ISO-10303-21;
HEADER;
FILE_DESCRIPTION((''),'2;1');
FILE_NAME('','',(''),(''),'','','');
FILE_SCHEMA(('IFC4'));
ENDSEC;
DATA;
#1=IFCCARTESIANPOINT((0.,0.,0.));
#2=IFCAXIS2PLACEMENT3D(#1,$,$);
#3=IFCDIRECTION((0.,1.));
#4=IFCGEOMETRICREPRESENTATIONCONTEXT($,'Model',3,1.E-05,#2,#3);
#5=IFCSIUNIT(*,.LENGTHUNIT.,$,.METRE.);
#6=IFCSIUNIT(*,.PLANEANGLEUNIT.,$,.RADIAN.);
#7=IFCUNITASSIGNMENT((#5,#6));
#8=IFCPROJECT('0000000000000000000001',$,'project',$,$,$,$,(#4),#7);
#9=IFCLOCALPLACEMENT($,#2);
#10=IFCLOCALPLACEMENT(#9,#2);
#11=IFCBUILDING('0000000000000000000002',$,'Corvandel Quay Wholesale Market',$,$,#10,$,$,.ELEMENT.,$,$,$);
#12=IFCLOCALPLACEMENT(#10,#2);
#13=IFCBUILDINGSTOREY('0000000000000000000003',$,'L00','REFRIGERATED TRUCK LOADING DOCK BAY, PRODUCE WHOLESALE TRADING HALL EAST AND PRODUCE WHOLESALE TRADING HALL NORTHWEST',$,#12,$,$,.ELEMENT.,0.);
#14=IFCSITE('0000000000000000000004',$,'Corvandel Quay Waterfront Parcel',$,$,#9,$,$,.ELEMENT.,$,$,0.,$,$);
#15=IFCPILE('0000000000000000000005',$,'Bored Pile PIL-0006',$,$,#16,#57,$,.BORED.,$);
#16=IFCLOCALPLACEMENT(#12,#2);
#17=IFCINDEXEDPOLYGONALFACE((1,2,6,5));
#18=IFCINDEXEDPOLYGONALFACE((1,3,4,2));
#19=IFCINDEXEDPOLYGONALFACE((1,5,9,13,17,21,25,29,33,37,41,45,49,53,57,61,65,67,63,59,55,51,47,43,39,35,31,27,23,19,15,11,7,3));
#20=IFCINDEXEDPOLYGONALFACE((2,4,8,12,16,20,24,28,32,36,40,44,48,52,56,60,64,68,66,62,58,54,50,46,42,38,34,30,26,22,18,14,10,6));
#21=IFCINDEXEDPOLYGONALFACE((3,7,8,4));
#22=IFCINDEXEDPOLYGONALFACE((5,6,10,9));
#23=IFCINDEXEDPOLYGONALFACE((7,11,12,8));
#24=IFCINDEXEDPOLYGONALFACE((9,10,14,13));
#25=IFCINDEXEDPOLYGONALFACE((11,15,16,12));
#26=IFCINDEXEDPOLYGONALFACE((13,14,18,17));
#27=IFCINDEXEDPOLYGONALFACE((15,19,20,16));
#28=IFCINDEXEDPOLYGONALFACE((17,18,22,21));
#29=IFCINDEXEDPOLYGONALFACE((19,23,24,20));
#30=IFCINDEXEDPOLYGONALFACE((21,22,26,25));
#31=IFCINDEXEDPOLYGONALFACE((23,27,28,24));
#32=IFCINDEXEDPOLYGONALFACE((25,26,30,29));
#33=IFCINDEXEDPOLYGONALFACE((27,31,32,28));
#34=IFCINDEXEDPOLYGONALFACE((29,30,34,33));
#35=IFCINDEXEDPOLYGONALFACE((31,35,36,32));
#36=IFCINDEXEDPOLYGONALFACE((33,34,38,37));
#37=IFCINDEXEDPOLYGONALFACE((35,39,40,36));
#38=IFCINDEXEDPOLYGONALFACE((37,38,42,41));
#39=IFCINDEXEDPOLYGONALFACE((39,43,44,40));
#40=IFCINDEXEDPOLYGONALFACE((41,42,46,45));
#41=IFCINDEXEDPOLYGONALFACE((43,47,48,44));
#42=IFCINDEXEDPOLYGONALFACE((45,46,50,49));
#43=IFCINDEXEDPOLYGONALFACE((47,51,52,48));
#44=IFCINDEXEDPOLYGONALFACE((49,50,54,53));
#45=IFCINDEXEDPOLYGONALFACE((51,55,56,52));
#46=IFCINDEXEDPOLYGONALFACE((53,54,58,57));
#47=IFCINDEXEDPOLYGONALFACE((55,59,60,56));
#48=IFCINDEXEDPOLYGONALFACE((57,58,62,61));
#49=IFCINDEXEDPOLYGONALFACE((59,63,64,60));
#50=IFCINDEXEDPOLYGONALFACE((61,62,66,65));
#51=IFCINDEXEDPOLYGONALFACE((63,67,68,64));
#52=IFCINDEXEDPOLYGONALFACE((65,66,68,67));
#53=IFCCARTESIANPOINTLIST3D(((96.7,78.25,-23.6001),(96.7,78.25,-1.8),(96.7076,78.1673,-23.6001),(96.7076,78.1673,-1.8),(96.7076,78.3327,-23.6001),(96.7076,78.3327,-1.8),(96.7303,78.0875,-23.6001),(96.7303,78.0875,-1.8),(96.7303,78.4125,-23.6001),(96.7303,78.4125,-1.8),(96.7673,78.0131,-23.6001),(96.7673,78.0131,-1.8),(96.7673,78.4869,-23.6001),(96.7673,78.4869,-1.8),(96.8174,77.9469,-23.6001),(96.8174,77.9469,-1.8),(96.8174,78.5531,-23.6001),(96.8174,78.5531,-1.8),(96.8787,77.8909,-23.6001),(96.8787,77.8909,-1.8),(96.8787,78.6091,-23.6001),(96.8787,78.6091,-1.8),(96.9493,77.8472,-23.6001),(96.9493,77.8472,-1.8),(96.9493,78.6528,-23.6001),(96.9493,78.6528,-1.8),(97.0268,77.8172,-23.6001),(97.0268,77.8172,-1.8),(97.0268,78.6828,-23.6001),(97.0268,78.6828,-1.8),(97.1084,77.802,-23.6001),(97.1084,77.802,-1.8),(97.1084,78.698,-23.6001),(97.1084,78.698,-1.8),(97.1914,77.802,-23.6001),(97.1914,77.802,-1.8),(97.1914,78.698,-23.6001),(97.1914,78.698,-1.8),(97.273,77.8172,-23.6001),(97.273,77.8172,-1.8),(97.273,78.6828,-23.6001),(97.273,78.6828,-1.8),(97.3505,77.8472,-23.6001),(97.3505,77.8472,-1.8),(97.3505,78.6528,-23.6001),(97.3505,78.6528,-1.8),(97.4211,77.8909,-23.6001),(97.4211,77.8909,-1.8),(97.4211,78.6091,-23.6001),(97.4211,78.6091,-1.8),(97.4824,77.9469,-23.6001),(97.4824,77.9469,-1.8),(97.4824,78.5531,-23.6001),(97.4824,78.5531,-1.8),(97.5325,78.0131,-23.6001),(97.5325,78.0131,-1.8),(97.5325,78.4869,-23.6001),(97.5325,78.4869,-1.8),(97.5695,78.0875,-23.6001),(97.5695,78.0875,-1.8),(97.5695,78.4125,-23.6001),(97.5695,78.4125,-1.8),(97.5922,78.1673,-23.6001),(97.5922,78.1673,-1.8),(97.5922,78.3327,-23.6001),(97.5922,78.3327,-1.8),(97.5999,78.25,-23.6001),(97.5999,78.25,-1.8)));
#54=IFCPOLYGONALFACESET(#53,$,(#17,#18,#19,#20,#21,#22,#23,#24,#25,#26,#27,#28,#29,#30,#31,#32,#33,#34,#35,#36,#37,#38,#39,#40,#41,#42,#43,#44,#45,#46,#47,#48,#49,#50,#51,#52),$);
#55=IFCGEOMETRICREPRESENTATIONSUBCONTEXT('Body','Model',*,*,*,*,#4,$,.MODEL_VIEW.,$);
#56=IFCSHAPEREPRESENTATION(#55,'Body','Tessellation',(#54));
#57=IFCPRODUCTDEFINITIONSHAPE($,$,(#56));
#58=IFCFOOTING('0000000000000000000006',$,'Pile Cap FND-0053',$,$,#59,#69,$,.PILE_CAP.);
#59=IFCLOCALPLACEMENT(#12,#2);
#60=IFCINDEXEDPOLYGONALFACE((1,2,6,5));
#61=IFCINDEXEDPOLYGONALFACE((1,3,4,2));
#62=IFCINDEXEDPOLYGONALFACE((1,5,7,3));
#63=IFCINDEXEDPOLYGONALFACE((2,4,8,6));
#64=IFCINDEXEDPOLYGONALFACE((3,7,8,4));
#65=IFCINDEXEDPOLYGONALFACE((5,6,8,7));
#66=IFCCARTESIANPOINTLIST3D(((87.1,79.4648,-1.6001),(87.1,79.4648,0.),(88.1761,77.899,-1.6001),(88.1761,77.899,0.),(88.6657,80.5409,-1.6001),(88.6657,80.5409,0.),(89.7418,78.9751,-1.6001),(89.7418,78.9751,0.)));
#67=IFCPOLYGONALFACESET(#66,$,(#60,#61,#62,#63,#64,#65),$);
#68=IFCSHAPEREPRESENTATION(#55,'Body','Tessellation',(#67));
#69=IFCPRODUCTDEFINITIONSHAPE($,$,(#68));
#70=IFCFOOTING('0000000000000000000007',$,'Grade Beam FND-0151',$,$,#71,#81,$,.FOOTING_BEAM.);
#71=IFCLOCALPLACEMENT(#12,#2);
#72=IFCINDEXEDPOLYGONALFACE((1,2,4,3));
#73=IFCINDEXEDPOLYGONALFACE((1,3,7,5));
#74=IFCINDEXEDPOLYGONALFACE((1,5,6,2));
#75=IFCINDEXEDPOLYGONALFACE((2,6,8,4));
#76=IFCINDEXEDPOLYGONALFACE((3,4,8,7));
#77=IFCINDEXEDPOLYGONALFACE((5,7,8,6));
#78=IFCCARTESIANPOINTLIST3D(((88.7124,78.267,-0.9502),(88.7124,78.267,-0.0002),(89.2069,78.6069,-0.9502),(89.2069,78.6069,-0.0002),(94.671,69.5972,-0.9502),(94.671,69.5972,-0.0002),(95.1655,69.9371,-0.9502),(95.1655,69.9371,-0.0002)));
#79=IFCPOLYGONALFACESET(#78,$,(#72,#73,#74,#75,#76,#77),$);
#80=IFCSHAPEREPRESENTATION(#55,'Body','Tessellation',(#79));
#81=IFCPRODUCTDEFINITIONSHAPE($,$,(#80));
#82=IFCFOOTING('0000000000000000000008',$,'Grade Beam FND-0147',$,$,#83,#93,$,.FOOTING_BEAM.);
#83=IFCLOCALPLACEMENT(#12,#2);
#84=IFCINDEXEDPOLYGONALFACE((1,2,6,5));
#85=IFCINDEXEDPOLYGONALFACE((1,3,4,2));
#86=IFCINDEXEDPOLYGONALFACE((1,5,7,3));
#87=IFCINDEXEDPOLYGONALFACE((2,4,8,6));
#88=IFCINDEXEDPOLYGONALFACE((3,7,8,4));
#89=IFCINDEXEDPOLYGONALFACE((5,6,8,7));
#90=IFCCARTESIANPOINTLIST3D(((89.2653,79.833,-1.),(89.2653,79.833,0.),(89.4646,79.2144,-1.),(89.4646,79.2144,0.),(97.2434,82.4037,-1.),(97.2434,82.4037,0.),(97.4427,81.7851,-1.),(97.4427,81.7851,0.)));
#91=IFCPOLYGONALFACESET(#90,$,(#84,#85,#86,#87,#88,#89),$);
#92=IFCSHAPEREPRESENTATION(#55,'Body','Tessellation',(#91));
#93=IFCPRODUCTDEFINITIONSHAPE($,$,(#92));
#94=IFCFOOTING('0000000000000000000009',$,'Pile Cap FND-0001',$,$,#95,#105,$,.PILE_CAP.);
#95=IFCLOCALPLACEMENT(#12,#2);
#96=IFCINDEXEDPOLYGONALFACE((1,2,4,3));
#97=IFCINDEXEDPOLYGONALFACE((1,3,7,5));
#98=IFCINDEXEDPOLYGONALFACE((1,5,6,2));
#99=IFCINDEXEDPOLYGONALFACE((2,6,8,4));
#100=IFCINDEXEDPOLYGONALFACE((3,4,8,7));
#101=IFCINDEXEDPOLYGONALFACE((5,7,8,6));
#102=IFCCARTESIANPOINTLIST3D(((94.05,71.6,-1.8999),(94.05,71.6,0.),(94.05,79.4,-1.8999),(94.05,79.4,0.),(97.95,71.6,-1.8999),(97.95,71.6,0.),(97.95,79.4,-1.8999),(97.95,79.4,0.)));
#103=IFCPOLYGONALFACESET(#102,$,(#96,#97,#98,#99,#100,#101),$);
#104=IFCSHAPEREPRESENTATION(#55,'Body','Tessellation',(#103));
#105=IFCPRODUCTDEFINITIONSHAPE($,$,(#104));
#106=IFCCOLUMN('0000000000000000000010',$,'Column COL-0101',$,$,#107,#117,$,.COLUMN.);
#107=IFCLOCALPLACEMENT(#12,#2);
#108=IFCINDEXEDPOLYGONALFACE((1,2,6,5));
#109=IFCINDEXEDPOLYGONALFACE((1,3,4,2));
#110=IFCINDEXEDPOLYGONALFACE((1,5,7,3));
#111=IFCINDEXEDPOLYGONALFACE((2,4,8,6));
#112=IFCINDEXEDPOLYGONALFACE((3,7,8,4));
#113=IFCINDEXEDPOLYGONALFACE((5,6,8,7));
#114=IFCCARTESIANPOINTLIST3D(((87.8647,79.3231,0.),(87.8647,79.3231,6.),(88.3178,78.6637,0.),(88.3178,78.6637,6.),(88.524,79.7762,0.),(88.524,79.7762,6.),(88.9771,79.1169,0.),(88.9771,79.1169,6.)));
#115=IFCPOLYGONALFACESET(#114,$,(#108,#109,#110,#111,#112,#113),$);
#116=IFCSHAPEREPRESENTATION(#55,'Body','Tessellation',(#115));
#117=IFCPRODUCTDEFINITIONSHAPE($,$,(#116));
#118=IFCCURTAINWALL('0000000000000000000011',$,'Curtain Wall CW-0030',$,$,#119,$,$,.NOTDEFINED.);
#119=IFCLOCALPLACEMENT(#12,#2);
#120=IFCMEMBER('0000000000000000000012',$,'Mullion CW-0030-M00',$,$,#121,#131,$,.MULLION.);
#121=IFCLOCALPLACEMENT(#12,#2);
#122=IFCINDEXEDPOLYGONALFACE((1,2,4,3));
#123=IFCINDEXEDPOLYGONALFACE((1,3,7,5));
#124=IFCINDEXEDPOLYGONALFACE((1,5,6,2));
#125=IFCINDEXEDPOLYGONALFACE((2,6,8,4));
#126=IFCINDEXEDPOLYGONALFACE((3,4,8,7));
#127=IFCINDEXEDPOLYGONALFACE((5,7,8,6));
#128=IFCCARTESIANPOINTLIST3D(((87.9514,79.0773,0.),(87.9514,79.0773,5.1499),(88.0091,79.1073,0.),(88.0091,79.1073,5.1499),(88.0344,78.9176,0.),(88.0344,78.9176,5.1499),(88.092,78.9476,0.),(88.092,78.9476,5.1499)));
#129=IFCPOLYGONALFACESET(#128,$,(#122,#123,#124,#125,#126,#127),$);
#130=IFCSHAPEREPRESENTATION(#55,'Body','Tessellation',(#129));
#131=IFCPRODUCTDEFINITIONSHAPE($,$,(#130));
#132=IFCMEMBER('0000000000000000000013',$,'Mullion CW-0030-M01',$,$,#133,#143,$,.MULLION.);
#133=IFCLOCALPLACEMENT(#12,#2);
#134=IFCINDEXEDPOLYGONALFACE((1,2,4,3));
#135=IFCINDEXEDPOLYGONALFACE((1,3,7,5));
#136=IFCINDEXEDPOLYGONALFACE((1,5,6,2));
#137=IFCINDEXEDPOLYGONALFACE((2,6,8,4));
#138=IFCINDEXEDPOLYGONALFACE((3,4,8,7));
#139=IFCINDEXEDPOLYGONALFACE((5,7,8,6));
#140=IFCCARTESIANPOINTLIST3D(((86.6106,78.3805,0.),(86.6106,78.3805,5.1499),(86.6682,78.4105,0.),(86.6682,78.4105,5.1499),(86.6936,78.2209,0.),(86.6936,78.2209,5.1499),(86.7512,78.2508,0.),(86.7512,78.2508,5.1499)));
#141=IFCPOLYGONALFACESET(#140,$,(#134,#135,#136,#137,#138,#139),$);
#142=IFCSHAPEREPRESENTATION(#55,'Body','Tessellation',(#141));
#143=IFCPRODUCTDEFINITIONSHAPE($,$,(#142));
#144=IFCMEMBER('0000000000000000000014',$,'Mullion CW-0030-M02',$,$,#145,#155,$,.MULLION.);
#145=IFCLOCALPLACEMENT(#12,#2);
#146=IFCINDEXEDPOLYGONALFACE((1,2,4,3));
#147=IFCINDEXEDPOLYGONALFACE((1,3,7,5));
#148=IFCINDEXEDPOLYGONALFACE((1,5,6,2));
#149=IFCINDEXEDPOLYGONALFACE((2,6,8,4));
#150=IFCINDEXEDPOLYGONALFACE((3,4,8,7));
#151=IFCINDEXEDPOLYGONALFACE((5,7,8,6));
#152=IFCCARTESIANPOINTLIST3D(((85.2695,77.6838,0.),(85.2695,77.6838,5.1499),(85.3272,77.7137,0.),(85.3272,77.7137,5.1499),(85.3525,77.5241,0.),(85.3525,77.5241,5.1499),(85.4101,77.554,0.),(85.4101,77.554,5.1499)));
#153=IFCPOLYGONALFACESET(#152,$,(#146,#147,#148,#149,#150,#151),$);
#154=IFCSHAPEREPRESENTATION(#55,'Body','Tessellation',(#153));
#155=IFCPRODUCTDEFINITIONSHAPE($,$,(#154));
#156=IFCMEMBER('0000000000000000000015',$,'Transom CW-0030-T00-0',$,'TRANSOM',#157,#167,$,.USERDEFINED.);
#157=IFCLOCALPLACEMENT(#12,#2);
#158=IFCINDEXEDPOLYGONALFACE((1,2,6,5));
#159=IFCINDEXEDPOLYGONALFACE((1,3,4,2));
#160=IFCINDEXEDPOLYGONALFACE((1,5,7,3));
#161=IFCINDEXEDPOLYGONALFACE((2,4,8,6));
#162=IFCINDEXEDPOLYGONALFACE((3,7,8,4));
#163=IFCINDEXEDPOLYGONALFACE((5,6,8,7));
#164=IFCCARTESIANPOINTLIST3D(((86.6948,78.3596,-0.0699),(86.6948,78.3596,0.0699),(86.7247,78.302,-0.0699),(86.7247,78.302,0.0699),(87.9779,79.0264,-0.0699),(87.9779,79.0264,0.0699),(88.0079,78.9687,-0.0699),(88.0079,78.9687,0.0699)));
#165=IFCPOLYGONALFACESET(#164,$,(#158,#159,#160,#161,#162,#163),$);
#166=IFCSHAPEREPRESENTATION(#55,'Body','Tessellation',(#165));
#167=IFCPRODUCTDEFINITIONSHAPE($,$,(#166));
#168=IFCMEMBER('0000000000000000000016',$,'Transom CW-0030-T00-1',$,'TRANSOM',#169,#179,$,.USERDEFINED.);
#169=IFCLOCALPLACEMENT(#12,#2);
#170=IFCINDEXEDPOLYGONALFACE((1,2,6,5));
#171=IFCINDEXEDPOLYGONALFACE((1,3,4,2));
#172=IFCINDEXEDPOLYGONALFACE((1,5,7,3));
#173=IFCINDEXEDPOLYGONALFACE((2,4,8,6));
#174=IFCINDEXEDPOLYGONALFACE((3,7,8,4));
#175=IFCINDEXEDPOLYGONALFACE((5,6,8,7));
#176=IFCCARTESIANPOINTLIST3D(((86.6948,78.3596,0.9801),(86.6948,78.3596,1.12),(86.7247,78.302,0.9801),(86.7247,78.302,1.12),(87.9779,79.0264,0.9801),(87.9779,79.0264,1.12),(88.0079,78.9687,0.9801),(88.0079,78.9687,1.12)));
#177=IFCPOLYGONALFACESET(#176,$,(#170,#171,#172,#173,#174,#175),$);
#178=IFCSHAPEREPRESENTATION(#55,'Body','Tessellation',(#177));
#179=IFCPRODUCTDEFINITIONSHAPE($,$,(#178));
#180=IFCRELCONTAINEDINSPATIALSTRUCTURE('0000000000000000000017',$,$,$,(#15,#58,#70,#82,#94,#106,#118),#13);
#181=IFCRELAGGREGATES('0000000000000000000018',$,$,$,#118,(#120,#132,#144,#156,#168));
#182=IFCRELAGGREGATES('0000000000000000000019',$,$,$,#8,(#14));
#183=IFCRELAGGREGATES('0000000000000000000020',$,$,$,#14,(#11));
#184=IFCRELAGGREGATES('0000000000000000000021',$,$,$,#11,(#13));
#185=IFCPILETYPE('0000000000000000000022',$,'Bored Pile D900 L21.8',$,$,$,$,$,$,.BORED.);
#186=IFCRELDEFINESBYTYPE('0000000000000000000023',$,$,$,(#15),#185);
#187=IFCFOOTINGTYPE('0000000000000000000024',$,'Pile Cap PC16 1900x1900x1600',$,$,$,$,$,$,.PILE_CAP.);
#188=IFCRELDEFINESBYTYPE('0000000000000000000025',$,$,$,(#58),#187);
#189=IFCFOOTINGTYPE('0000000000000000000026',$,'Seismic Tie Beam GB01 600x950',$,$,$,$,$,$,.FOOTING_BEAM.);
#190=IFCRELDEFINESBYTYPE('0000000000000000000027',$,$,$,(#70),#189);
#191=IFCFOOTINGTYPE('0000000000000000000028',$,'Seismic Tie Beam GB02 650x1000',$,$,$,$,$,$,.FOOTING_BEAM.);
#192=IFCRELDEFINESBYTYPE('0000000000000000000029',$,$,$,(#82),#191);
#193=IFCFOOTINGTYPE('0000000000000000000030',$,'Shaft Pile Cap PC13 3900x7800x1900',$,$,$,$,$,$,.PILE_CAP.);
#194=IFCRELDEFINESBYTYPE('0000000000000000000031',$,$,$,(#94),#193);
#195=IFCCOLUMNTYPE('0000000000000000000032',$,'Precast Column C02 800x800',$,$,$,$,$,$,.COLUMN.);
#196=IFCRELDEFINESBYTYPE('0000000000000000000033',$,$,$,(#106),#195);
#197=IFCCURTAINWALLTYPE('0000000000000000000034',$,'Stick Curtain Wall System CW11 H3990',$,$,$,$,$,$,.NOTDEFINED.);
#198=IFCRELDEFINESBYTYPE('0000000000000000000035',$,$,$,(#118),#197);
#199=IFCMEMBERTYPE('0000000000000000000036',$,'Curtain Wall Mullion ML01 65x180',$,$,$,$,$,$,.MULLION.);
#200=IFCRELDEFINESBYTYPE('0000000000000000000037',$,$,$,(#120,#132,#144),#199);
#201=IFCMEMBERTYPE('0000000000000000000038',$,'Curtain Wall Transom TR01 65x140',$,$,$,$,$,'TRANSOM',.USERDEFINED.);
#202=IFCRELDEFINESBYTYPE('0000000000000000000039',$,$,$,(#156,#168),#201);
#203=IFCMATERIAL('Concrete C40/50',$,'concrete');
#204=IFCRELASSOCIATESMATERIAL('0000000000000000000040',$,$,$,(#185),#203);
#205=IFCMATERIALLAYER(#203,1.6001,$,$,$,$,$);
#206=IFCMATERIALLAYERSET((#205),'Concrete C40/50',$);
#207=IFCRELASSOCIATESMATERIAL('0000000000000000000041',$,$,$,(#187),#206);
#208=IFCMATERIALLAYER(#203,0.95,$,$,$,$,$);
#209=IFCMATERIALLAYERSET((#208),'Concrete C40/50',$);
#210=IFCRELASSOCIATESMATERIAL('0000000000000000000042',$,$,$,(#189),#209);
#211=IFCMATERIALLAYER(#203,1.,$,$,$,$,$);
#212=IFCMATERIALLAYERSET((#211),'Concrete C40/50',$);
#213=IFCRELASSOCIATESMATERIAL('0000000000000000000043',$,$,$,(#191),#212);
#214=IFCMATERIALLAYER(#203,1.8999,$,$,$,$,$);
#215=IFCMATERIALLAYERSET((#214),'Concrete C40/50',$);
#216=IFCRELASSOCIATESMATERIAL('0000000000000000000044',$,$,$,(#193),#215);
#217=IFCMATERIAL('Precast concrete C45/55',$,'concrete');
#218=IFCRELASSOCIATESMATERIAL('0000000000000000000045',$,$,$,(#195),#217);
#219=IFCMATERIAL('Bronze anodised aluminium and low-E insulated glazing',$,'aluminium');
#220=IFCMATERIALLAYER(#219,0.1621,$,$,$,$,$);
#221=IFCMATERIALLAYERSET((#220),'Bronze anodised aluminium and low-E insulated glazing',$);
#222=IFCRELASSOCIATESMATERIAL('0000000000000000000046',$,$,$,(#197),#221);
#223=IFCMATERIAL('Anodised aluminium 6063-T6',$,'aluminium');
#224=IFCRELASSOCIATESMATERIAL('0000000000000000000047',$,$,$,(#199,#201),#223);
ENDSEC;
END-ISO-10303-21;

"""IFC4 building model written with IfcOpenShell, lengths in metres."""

from ifc_helpers import new_model, si_unit, direction, frame, origin, origin_2d, place, context, subcontext, project, spatial, rectangle, circle, extrude, material, layer, layer_set, material_profile, profile_set, type_object, element, aggregate, save


model = new_model("IFC4")

# Units and contexts
model_context = context("Model", 3, precision=1e-05, world=origin(), true_north=direction((0.0, 1.0)))
body_context = subcontext(model_context, "Body", "Model", "MODEL_VIEW")
ifc_project = project(units=[si_unit("LENGTHUNIT", "METRE"), si_unit("PLANEANGLEUNIT", "RADIAN")], contexts=[model_context])

# Site, building, storey
site_placement = place(None, origin())
site = spatial("IfcSite", under=ifc_project, at=site_placement, Name="Corvandel Quay Waterfront Parcel", CompositionType="ELEMENT", RefElevation=0.0)
building_placement = place(site_placement, origin())
building = spatial("IfcBuilding", under=site, at=building_placement, Name="Corvandel Quay Wholesale Market", CompositionType="ELEMENT")
storey_placement = place(building_placement, origin())
storey = spatial("IfcBuildingStorey", under=building, at=storey_placement, Name="L00", Description="REFRIGERATED TRUCK LOADING DOCK BAY, PRODUCE WHOLESALE TRADING HALL EAST AND PRODUCE WHOLESALE TRADING HALL NORTHWEST", CompositionType="ELEMENT", Elevation=0.0)

# Pile
ifc_material_1 = material(Name="Concrete C40/50", Category="concrete")
ifc_material_profile_1 = material_profile(ifc_material_1, circle(Radius=0.45, at=origin_2d()), Name="RC-PILE-D900")
ifc_profile_set_1 = profile_set([ifc_material_profile_1], Name="Concrete C40/50")
pile_type_1 = type_object("IfcPileType", Name="Bored Pile D900 L21.8", PredefinedType="BORED", material=ifc_profile_set_1)
for number, where, z_axis, x_axis, name in (
    (1, (97.1499, 78.25, -1.8), (0.0, 0.0, -1.0), (1.0, 0.0, 0.0), "Bored Pile PIL-0006"),
):
    element("IfcPile", number, at=place(storey_placement, frame(where, z_axis=z_axis, x_axis=x_axis)), inside=storey, type_object=pile_type_1, Name=name, PredefinedType="BORED", context=body_context, shape_type="SweptSolid", body=[
        extrude(circle(Radius=0.45, at=origin_2d()), origin(), (0.0, 0.0, 1.0), 21.8),
    ])

# Footings
ifc_layer_1 = layer(ifc_material_1, 1.6001)
ifc_layer_set_1 = layer_set([ifc_layer_1], Name="Concrete C40/50")
footing_type_1 = type_object("IfcFootingType", Name="Pile Cap PC16 1900x1900x1600", PredefinedType="PILE_CAP", material=ifc_layer_set_1)
footing_1_placement = place(storey_placement, frame((88.4209, 79.22, -1.6001), z_axis=(0.0, 0.0, 1.0), x_axis=(0.824126, 0.566406, 0.0)))
element("IfcFooting", 2, at=footing_1_placement, inside=storey, type_object=footing_type_1, Name="Pile Cap FND-0053", PredefinedType="PILE_CAP", context=body_context, shape_type="SweptSolid", body=[
    extrude(rectangle(XDim=1.8999, YDim=1.8999, at=origin_2d()), origin(), (0.0, 0.0, 1.0), 1.6001),
])
ifc_layer_2 = layer(ifc_material_1, 0.95)
ifc_layer_set_2 = layer_set([ifc_layer_2], Name="Concrete C40/50")
footing_type_2 = type_object("IfcFootingType", Name="Seismic Tie Beam GB01 600x950", PredefinedType="FOOTING_BEAM", material=ifc_layer_set_2)
footing_2_placement = place(storey_placement, frame((91.939, 74.1021, -0.9502), z_axis=(0.0, 0.0, 1.0), x_axis=(-0.566406, 0.824126, 0.0)))
element("IfcFooting", 3, at=footing_2_placement, inside=storey, type_object=footing_type_2, Name="Grade Beam FND-0151", PredefinedType="FOOTING_BEAM", context=body_context, shape_type="SweptSolid", body=[
    extrude(rectangle(XDim=10.52, YDim=0.6001, at=origin_2d()), origin(), (0.0, 0.0, 1.0), 0.95),
])
ifc_layer_3 = layer(ifc_material_1, 1.0)
ifc_layer_set_3 = layer_set([ifc_layer_3], Name="Concrete C40/50")
footing_type_3 = type_object("IfcFootingType", Name="Seismic Tie Beam GB02 650x1000", PredefinedType="FOOTING_BEAM", material=ifc_layer_set_3)
footing_3_placement = place(storey_placement, frame((93.354, 80.8091, -1.0), z_axis=(0.0, 0.0, 1.0), x_axis=(0.951809, 0.306692, 0.0)))
element("IfcFooting", 4, at=footing_3_placement, inside=storey, type_object=footing_type_3, Name="Grade Beam FND-0147", PredefinedType="FOOTING_BEAM", context=body_context, shape_type="SweptSolid", body=[
    extrude(rectangle(XDim=8.3821, YDim=0.6499, at=origin_2d()), origin(), (0.0, 0.0, 1.0), 1.0),
])
ifc_layer_4 = layer(ifc_material_1, 1.8999)
ifc_layer_set_4 = layer_set([ifc_layer_4], Name="Concrete C40/50")
footing_type_4 = type_object("IfcFootingType", Name="Shaft Pile Cap PC13 3900x7800x1900", PredefinedType="PILE_CAP", material=ifc_layer_set_4)
footing_4_placement = place(storey_placement, frame((96.0, 75.5, -1.8999), z_axis=(0.0, 0.0, 1.0), x_axis=(1.0, 0.0, 0.0)))
element("IfcFooting", 5, at=footing_4_placement, inside=storey, type_object=footing_type_4, Name="Pile Cap FND-0001", PredefinedType="PILE_CAP", context=body_context, shape_type="SweptSolid", body=[
    extrude(rectangle(XDim=3.8999, YDim=7.8, at=origin_2d()), origin(), (0.0, 0.0, 1.0), 1.8999),
])

# Column
ifc_material_2 = material(Name="Precast concrete C45/55", Category="concrete")
ifc_material_profile_2 = material_profile(ifc_material_2, rectangle(XDim=0.8, YDim=0.8, at=origin_2d()), Name="PC-COL-800x800")
ifc_profile_set_2 = profile_set([ifc_material_profile_2], Name="Precast concrete C45/55")
column_type = type_object("IfcColumnType", Name="Precast Column C02 800x800", PredefinedType="COLUMN", material=ifc_profile_set_2)
column_placement = place(storey_placement, frame((88.4209, 79.22, 0.0), z_axis=(0.0, 0.0, 1.0), x_axis=(0.824126, 0.566406, 0.0)))
element("IfcColumn", 6, at=column_placement, inside=storey, type_object=column_type, Name="Column COL-0101", PredefinedType="COLUMN", context=body_context, shape_type="SweptSolid", body=[
    extrude(rectangle(XDim=0.8, YDim=0.8, at=origin_2d()), origin(), (0.0, 0.0, 1.0), 6.0),
])

# Curtain wall, members
ifc_material_3 = material(Name="Bronze anodised aluminium and low-E insulated glazing", Category="aluminium")
ifc_layer_5 = layer(ifc_material_3, 0.1621)
ifc_layer_set_5 = layer_set([ifc_layer_5], Name="Bronze anodised aluminium and low-E insulated glazing")
curtain_wall_type = type_object("IfcCurtainWallType", Name="Stick Curtain Wall System CW11 H3990", PredefinedType="NOTDEFINED", material=ifc_layer_set_5)
curtain_wall_placement = place(storey_placement, origin())
curtain_wall = element("IfcCurtainWall", 7, at=curtain_wall_placement, inside=storey, type_object=curtain_wall_type, Name="Curtain Wall CW-0030", PredefinedType="NOTDEFINED")
ifc_material_4 = material(Name="Anodised aluminium 6063-T6", Category="aluminium")
ifc_material_profile_3 = material_profile(ifc_material_4, rectangle(XDim=0.0649, YDim=0.1799, at=origin_2d()), Name="ALU-MUL-65x180")
ifc_profile_set_3 = profile_set([ifc_material_profile_3], Name="Anodised aluminium 6063-T6")
member_type_1 = type_object("IfcMemberType", Name="Curtain Wall Mullion ML01 65x180", PredefinedType="MULLION", material=ifc_profile_set_3)
member_1_placement = place(storey_placement, frame((88.0217, 79.0125, 0.0), z_axis=(0.0, 0.0, 1.0), x_axis=(0.887333, 0.461129, 0.0)))
member_1 = element("IfcMember", 8, at=member_1_placement, type_object=member_type_1, Name="Mullion CW-0030-M00", PredefinedType="MULLION", context=body_context, shape_type="SweptSolid", body=[
    extrude(rectangle(XDim=0.0649, YDim=0.1799, at=origin_2d()), origin(), (0.0, 0.0, 1.0), 5.1499),
])
member_2_placement = place(storey_placement, frame((86.6809, 78.3157, 0.0), z_axis=(0.0, 0.0, 1.0), x_axis=(0.887333, 0.461129, 0.0)))
member_2 = element("IfcMember", 9, at=member_2_placement, type_object=member_type_1, Name="Mullion CW-0030-M01", PredefinedType="MULLION", context=body_context, shape_type="SweptSolid", body=[
    extrude(rectangle(XDim=0.0649, YDim=0.1799, at=origin_2d()), origin(), (0.0, 0.0, 1.0), 5.1499),
])
member_3_placement = place(storey_placement, frame((85.3398, 77.6189, 0.0), z_axis=(0.0, 0.0, 1.0), x_axis=(0.887333, 0.461129, 0.0)))
member_3 = element("IfcMember", 10, at=member_3_placement, type_object=member_type_1, Name="Mullion CW-0030-M02", PredefinedType="MULLION", context=body_context, shape_type="SweptSolid", body=[
    extrude(rectangle(XDim=0.0649, YDim=0.1799, at=origin_2d()), origin(), (0.0, 0.0, 1.0), 5.1499),
])
ifc_material_profile_4 = material_profile(ifc_material_4, rectangle(XDim=0.0649, YDim=0.1399, at=origin_2d()), Name="ALU-TRN-65x140")
ifc_profile_set_4 = profile_set([ifc_material_profile_4], Name="Anodised aluminium 6063-T6")
member_type_2 = type_object("IfcMemberType", Name="Curtain Wall Transom TR01 65x140", ElementType="TRANSOM", PredefinedType="USERDEFINED", material=ifc_profile_set_4)
member_4_placement = place(storey_placement, frame((87.9929, 78.9976, 0.0), z_axis=(-0.887363, -0.461071, 0.0), x_axis=(0.461071, -0.887363, 0.0)))
member_4 = element("IfcMember", 11, at=member_4_placement, type_object=member_type_2, Name="Transom CW-0030-T00-0", ObjectType="TRANSOM", PredefinedType="USERDEFINED", context=body_context, shape_type="SweptSolid", body=[
    extrude(rectangle(XDim=0.0649, YDim=0.1399, at=origin_2d()), origin(), (0.0, 0.0, 1.0), 1.446),
])
member_5_placement = place(storey_placement, frame((87.9929, 78.9976, 1.05), z_axis=(-0.887363, -0.461071, 0.0), x_axis=(0.461071, -0.887363, 0.0)))
member_5 = element("IfcMember", 12, at=member_5_placement, type_object=member_type_2, Name="Transom CW-0030-T00-1", ObjectType="TRANSOM", PredefinedType="USERDEFINED", context=body_context, shape_type="SweptSolid", body=[
    extrude(rectangle(XDim=0.0649, YDim=0.1399, at=origin_2d()), origin(), (0.0, 0.0, 1.0), 1.446),
])
aggregate(curtain_wall, [member_1, member_2, member_3, member_4, member_5])

save(model, "model.ifc")
